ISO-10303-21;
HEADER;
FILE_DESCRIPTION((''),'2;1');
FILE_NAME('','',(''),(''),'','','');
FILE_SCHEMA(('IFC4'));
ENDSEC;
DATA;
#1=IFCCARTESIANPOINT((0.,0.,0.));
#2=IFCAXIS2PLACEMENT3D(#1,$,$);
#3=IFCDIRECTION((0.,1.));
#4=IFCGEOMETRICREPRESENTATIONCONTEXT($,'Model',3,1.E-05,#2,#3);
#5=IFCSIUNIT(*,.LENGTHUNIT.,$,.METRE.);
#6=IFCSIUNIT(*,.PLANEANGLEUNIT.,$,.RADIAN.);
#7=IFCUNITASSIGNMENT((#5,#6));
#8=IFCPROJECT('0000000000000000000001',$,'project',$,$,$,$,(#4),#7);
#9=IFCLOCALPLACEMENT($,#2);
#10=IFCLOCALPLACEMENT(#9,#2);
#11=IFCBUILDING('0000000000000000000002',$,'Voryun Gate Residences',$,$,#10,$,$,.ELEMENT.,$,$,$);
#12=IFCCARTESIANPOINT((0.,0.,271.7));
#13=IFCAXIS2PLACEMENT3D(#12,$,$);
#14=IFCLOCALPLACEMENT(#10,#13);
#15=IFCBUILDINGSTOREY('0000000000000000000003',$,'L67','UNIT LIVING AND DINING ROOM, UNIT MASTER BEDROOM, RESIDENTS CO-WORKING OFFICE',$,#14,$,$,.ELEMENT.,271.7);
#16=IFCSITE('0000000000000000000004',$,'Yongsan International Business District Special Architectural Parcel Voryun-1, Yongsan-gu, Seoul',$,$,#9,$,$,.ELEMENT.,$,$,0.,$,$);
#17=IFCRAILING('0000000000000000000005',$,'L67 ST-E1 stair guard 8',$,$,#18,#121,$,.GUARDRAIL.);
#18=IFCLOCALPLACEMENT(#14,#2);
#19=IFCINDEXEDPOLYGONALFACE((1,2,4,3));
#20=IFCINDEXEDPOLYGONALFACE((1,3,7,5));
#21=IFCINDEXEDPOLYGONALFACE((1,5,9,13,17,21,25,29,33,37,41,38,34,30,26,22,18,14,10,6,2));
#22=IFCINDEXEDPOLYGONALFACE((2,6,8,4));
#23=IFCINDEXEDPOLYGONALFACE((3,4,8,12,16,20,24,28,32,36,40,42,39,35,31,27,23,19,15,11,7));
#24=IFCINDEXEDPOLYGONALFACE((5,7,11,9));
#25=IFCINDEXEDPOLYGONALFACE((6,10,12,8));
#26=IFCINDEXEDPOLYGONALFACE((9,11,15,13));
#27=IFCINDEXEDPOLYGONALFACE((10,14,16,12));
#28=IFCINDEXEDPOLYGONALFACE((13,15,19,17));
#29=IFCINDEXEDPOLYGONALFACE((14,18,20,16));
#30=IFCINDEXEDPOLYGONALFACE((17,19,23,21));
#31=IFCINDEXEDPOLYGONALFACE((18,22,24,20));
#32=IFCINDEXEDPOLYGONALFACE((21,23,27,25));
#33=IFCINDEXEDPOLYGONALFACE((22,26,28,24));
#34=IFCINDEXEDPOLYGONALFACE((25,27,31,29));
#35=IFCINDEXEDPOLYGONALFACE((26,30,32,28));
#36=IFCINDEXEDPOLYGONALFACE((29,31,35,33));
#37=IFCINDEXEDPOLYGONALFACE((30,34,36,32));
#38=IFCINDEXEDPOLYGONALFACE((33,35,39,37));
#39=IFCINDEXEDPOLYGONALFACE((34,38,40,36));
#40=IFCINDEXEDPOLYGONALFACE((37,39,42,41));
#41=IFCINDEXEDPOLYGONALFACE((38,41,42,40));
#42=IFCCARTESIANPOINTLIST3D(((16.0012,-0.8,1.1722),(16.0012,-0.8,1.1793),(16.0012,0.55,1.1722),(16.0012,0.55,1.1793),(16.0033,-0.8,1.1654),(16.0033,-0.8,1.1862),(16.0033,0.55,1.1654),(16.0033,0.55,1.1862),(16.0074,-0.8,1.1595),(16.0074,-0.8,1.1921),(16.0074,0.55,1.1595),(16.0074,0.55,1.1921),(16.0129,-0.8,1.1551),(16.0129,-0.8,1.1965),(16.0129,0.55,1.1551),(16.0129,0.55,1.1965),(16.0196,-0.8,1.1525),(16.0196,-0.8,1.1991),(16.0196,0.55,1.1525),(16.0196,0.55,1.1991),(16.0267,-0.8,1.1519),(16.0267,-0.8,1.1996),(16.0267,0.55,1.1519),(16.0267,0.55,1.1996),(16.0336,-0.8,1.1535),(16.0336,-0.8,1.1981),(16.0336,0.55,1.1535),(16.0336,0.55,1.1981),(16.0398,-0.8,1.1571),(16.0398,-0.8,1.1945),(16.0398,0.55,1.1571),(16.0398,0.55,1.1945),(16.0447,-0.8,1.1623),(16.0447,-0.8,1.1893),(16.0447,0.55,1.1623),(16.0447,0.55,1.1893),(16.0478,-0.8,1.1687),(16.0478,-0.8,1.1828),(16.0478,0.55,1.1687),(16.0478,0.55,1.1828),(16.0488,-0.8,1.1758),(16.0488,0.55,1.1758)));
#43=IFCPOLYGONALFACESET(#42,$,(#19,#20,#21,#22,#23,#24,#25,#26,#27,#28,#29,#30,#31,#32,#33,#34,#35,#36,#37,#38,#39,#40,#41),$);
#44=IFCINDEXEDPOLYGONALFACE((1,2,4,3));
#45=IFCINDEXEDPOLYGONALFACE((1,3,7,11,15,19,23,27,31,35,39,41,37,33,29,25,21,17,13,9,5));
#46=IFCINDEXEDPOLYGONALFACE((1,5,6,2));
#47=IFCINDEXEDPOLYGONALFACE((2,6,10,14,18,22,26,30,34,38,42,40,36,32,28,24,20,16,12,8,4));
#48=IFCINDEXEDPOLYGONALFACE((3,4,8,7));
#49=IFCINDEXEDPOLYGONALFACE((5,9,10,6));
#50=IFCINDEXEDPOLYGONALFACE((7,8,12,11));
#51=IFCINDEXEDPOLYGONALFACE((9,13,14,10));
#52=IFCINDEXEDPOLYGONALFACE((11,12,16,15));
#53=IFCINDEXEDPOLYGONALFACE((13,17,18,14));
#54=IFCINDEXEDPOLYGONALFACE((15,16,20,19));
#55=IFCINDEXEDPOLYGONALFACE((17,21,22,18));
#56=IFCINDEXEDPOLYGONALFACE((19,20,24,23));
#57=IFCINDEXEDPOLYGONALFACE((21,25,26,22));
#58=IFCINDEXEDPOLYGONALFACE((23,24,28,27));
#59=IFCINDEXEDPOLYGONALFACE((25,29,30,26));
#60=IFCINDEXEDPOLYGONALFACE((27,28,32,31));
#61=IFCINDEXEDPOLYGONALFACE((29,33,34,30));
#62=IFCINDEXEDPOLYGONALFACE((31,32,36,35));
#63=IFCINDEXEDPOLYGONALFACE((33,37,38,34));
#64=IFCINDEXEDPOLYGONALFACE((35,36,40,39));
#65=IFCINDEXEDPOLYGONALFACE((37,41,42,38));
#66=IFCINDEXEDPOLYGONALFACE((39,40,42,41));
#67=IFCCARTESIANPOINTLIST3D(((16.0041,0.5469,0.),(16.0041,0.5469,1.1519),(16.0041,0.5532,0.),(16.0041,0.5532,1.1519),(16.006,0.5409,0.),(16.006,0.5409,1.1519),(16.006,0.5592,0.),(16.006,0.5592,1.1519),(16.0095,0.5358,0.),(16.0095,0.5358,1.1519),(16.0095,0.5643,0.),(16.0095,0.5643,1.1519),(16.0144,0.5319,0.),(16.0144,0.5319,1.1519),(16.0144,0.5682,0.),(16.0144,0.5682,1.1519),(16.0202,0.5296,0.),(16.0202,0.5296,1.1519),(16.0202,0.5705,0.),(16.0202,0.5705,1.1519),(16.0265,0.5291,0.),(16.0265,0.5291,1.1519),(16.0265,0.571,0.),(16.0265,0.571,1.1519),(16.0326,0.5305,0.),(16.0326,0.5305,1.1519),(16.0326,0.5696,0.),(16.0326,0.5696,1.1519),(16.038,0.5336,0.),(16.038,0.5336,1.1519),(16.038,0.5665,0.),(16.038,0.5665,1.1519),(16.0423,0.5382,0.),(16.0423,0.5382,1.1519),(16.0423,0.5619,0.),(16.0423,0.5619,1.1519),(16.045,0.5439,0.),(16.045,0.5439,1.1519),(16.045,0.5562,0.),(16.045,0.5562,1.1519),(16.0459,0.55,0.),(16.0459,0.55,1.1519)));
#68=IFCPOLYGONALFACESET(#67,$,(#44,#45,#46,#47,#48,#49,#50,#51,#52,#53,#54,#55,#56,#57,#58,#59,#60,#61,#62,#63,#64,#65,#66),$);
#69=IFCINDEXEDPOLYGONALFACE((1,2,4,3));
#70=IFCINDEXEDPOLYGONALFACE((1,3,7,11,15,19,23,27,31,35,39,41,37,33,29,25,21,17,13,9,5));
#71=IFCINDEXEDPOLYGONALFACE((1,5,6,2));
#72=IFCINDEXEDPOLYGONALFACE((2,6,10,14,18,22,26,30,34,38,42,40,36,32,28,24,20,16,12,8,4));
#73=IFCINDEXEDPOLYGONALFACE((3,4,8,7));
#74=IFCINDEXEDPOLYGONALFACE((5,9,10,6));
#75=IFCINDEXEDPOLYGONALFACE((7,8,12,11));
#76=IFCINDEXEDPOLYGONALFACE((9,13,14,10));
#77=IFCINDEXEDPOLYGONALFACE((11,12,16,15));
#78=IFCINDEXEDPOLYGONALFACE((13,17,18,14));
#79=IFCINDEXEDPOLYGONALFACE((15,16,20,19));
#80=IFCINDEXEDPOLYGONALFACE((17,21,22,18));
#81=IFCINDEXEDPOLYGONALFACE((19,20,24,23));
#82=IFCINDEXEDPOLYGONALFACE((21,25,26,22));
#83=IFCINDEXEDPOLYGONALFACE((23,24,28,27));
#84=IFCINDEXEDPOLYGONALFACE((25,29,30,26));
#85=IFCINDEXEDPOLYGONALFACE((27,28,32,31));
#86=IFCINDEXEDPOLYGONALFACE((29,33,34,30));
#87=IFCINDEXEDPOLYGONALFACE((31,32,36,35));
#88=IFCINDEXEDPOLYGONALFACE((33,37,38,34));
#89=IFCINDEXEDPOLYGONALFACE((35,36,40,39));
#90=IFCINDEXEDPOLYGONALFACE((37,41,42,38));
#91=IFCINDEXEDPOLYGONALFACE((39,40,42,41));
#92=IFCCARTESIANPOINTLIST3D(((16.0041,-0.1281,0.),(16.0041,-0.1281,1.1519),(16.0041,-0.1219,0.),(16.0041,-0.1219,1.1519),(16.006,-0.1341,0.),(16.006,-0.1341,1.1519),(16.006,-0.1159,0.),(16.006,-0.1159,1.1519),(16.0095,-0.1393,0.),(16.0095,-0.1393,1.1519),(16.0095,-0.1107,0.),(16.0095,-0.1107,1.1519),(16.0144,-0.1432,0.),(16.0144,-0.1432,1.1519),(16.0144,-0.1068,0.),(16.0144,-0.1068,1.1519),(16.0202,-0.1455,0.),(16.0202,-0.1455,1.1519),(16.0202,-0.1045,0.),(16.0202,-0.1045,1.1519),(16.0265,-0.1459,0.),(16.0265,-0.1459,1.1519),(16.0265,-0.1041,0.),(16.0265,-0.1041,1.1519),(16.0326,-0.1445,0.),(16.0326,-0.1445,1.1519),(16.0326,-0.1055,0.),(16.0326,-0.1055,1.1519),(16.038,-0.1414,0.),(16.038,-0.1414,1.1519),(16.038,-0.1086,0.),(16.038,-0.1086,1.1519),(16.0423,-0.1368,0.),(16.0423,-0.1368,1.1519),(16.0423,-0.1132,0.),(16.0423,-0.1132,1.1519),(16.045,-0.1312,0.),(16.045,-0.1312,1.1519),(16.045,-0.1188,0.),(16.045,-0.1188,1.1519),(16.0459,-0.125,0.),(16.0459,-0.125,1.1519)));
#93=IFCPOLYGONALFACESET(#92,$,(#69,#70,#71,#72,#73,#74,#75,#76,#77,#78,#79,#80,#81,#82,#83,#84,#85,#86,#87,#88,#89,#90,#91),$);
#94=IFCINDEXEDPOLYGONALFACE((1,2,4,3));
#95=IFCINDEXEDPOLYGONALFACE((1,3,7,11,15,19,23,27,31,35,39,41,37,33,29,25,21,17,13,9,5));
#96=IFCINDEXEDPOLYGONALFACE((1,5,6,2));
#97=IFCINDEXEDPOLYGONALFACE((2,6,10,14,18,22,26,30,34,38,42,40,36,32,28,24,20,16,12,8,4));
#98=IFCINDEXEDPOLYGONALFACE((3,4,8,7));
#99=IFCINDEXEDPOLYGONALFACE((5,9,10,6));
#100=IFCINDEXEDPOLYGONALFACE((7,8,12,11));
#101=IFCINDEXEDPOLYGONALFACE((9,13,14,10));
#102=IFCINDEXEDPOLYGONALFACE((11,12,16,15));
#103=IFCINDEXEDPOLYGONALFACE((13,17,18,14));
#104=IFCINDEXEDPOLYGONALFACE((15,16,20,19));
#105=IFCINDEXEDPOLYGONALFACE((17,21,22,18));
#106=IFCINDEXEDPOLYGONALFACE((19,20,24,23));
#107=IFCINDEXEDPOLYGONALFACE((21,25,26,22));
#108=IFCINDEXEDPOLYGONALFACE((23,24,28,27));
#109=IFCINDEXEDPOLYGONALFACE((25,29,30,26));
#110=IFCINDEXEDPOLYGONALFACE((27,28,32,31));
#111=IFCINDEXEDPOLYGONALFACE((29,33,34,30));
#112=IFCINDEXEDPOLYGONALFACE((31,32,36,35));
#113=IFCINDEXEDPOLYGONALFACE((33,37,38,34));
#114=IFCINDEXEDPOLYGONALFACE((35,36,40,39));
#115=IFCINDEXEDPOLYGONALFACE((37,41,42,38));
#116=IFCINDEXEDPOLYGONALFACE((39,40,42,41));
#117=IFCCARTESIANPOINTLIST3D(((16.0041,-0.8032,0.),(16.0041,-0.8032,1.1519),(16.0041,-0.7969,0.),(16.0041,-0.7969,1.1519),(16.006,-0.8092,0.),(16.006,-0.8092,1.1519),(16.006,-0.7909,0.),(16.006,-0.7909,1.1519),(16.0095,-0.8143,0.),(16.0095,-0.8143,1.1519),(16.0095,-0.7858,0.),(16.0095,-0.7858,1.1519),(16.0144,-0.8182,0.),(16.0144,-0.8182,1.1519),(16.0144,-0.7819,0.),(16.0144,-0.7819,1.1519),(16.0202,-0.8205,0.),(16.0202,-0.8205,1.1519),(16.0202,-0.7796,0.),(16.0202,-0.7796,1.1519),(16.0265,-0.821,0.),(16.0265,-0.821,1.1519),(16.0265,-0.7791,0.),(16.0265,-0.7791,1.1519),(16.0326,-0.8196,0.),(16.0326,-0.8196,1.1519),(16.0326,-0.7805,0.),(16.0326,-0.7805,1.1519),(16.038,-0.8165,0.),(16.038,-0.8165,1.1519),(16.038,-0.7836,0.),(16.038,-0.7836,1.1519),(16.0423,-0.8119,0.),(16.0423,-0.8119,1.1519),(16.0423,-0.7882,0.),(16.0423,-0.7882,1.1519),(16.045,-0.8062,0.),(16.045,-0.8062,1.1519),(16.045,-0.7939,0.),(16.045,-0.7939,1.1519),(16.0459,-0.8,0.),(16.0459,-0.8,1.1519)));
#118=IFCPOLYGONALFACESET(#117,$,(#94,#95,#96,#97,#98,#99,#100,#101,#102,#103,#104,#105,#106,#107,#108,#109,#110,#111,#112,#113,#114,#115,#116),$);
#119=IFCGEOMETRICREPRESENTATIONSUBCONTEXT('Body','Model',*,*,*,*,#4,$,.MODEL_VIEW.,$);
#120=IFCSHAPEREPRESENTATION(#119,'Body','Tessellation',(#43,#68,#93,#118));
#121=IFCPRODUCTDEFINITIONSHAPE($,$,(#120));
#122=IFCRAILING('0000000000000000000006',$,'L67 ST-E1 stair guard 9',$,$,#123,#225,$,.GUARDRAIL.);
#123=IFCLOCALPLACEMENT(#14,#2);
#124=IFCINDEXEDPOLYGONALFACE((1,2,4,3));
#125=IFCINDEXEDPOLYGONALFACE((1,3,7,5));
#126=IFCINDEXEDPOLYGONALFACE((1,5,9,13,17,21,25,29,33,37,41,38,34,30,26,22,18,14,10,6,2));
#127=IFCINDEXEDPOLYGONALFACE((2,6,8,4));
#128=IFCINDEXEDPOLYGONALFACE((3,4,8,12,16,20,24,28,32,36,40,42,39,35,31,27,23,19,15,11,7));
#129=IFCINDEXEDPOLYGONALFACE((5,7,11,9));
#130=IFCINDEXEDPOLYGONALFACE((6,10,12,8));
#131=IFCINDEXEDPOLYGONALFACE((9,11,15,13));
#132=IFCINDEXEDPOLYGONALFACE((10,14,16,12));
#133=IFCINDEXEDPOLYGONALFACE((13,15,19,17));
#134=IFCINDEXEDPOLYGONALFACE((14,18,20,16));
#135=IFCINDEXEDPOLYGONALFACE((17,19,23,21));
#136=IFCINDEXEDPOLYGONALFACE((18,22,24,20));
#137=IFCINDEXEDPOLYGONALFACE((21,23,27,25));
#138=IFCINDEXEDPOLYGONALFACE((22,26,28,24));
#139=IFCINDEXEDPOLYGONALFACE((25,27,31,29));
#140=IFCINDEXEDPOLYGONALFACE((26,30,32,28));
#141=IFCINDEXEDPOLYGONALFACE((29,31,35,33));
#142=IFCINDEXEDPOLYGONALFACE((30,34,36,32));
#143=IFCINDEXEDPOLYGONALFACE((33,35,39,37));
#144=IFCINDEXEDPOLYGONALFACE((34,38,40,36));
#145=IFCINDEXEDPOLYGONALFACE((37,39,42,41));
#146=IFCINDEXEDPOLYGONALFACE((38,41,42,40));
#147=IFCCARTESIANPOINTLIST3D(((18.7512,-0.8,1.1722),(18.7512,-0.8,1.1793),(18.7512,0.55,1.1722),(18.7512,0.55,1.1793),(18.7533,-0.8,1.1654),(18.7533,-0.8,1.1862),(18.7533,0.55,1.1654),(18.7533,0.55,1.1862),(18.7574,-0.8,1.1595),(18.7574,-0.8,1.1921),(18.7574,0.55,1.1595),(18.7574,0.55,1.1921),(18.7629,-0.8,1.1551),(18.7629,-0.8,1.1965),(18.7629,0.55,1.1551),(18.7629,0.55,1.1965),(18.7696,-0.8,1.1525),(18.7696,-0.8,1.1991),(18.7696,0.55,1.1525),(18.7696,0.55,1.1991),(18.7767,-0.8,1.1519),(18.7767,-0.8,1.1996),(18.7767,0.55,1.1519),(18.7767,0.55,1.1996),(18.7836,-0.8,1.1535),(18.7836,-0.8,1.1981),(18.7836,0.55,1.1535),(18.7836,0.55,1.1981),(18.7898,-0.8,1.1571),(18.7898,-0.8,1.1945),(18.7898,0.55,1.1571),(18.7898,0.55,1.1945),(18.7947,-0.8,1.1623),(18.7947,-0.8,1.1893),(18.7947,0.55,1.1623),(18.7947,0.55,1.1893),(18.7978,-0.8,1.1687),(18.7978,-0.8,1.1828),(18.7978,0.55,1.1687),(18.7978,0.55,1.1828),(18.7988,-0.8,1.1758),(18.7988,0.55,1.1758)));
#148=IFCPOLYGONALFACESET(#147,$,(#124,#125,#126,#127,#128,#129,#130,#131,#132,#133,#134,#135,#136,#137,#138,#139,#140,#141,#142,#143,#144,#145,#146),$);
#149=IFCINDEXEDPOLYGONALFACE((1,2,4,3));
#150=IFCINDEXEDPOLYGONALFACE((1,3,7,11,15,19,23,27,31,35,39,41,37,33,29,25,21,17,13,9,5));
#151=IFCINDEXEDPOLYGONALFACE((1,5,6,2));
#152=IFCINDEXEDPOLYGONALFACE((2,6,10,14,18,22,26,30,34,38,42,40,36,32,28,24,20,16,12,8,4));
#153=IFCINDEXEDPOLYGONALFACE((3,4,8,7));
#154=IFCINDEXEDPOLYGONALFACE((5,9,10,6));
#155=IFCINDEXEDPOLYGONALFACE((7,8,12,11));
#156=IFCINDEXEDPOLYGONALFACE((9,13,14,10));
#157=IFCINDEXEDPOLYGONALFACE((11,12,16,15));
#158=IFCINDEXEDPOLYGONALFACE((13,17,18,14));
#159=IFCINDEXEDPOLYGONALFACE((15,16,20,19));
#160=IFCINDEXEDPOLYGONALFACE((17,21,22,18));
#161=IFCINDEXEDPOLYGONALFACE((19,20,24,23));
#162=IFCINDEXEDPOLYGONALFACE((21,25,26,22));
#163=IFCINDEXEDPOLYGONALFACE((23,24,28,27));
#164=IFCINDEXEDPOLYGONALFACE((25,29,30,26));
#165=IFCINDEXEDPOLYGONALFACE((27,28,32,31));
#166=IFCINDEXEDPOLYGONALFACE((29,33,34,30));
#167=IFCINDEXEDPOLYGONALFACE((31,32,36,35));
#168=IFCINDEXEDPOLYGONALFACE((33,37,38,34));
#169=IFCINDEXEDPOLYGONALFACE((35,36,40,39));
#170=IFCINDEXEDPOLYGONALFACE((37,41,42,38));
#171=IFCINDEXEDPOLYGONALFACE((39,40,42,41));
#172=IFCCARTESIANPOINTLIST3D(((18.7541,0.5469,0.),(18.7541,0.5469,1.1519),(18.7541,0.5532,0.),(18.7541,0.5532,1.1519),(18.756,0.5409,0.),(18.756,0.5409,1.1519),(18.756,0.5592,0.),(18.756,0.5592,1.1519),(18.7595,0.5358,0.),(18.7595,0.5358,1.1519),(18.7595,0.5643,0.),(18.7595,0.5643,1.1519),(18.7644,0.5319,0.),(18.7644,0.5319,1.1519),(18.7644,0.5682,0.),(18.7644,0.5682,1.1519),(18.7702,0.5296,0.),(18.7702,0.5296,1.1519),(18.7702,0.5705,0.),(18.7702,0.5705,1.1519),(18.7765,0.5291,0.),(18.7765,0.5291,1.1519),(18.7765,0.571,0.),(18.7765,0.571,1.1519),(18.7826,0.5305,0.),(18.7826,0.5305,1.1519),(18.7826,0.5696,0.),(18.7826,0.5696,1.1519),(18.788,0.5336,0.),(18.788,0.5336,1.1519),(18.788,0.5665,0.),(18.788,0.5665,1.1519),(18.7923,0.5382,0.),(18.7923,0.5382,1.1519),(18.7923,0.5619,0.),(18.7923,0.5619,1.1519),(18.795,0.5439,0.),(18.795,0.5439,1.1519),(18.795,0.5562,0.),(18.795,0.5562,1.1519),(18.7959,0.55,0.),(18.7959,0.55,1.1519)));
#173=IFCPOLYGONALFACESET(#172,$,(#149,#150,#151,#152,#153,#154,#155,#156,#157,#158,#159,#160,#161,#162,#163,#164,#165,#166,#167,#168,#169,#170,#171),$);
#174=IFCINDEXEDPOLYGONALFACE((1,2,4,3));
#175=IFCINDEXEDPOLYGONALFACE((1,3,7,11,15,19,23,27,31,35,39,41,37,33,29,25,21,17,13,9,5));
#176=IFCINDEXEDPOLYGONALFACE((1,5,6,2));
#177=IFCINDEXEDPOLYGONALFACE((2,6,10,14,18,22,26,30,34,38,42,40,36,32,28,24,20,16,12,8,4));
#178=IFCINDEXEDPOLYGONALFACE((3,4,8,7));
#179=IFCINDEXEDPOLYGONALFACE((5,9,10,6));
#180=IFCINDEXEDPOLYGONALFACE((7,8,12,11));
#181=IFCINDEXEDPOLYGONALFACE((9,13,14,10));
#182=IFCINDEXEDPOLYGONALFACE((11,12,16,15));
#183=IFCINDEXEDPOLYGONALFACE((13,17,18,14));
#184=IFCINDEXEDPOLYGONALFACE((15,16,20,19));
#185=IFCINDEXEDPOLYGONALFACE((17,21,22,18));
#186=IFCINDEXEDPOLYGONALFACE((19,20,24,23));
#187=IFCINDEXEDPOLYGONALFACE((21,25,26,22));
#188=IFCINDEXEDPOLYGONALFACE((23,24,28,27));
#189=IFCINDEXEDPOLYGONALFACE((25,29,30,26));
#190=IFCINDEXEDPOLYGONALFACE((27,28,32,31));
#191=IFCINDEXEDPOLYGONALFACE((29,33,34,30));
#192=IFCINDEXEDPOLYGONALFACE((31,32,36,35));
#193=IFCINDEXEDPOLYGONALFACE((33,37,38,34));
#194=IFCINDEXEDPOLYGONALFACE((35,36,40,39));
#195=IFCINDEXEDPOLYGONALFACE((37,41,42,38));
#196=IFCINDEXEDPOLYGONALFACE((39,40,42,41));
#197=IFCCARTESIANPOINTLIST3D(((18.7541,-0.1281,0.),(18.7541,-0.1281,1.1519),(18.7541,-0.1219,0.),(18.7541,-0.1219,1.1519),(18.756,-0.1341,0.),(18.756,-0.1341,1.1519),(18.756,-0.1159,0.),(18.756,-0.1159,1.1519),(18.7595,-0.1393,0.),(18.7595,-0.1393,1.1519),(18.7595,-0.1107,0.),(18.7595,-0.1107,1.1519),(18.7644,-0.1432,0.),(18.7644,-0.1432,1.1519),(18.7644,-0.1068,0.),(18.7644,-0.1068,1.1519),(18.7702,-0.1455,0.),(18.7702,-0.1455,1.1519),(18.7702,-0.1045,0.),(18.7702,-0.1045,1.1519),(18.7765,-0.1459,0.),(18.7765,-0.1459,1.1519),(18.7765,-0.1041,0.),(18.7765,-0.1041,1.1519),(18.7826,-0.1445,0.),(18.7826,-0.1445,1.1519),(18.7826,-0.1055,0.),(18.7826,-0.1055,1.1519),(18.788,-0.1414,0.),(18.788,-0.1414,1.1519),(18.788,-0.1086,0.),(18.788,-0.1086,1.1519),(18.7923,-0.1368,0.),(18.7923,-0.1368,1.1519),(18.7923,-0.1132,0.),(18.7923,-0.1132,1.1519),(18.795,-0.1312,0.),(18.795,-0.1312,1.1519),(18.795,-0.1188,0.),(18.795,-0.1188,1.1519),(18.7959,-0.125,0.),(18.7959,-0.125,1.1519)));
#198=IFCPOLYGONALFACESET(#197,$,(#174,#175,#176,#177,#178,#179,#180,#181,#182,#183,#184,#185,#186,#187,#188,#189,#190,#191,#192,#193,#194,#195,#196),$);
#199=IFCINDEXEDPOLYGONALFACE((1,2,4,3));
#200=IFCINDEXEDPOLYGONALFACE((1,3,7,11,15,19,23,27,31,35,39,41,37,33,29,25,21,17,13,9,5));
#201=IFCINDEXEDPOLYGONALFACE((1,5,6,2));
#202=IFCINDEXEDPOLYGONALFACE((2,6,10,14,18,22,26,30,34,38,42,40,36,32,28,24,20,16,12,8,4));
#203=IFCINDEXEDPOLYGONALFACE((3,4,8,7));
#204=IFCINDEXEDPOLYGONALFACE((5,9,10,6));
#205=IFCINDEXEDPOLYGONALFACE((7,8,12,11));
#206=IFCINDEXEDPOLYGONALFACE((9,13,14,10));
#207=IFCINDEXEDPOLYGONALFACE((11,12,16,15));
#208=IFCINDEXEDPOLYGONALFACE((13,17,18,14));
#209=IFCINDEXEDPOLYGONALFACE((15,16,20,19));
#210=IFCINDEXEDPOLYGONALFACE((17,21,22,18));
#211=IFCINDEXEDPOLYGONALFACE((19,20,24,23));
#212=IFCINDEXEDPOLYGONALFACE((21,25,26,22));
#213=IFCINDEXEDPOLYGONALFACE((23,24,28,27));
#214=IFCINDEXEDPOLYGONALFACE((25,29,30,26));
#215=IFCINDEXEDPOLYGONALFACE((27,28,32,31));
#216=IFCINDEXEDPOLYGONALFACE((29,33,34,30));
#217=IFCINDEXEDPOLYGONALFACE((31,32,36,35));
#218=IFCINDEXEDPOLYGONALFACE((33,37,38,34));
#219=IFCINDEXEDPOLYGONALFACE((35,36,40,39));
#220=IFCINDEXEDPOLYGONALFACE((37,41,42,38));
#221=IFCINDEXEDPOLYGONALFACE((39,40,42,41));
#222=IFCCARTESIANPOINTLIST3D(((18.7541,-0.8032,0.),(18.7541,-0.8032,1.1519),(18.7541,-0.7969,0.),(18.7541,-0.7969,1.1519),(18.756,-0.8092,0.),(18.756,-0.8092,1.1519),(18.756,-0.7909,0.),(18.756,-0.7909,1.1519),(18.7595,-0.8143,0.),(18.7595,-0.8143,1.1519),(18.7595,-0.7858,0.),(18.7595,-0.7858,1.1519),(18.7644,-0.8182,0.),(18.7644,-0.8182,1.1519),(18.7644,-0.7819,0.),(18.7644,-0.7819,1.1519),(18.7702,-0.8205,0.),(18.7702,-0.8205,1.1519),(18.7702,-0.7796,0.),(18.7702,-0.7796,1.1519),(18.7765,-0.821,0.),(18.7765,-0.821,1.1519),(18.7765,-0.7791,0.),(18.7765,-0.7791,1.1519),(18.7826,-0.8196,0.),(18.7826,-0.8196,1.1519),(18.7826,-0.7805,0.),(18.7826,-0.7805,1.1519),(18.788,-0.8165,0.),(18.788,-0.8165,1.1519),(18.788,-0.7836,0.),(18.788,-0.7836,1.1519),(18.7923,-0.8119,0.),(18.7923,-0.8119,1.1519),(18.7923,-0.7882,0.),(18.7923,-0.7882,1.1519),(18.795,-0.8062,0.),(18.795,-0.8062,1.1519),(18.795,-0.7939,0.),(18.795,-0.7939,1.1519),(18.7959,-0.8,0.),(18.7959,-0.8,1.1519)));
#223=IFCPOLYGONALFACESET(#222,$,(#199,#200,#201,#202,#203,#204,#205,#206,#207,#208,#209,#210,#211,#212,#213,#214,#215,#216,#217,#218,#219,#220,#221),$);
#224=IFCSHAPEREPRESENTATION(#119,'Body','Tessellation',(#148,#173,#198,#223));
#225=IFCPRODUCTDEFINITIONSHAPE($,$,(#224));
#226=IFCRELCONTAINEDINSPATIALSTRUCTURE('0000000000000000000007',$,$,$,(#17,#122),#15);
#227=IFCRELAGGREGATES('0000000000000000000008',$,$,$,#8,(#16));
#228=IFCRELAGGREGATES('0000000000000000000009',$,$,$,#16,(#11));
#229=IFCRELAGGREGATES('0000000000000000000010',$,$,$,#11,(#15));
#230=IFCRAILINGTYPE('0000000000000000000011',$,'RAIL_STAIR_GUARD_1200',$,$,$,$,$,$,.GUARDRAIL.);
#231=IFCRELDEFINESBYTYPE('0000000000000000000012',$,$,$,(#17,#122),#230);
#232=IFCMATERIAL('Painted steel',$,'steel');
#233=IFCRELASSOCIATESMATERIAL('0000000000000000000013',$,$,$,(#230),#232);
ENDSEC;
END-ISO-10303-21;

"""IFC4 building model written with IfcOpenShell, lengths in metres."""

from ifc_helpers import new_model, si_unit, direction, frame, origin, origin_2d, place, context, subcontext, project, spatial, circle, extrude, material, type_object, element, save


model = new_model("IFC4")

# Units and contexts
model_context = context("Model", 3, precision=1e-05, world=origin(), true_north=direction((0.0, 1.0)))
body_context = subcontext(model_context, "Body", "Model", "MODEL_VIEW")
ifc_project = project(units=[si_unit("LENGTHUNIT", "METRE"), si_unit("PLANEANGLEUNIT", "RADIAN")], contexts=[model_context])

# Site, building, storey
site_placement = place(None, origin())
site = spatial("IfcSite", under=ifc_project, at=site_placement, Name="Yongsan International Business District Special Architectural Parcel Voryun-1, Yongsan-gu, Seoul", CompositionType="ELEMENT", RefElevation=0.0)
building_placement = place(site_placement, origin())
building = spatial("IfcBuilding", under=site, at=building_placement, Name="Voryun Gate Residences", CompositionType="ELEMENT")
storey_placement = place(building_placement, frame((0.0, 0.0, 271.7)))
storey = spatial("IfcBuildingStorey", under=building, at=storey_placement, Name="L67", Description="UNIT LIVING AND DINING ROOM, UNIT MASTER BEDROOM, RESIDENTS CO-WORKING OFFICE", CompositionType="ELEMENT", Elevation=271.7)

# Railings
ifc_material_1 = material(Name="Painted steel", Category="steel")
railing_type = type_object("IfcRailingType", Name="RAIL_STAIR_GUARD_1200", PredefinedType="GUARDRAIL", material=ifc_material_1)
for number, where, name in (
    (1, (16.0249, 0.55, 0.0), "L67 ST-E1 stair guard 8"),
    (2, (18.7749, 0.55, 0.0), "L67 ST-E1 stair guard 9"),
):
    element("IfcRailing", number, at=place(storey_placement, frame(where)), inside=storey, type_object=railing_type, Name=name, PredefinedType="GUARDRAIL", context=body_context, shape_type="SweptSolid", body=[
        extrude(circle(Radius=0.0239, at=origin_2d()), frame((0.0, 0.0, 1.1758), z_axis=(0.0, -1.0, 0.0), x_axis=(1.0, 0.0, 0.0)), (0.0, 0.0, 1.0), 1.3501),
        extrude(circle(Radius=0.021, at=origin_2d()), origin(), (0.0, 0.0, 1.0), 1.1519),
        extrude(circle(Radius=0.021, at=origin_2d()), frame((0.0, -0.675, 0.0)), (0.0, 0.0, 1.0), 1.1519),
        extrude(circle(Radius=0.021, at=origin_2d()), frame((0.0, -1.3501, 0.0)), (0.0, 0.0, 1.0), 1.1519),
    ])

save(model, "model.ifc")
